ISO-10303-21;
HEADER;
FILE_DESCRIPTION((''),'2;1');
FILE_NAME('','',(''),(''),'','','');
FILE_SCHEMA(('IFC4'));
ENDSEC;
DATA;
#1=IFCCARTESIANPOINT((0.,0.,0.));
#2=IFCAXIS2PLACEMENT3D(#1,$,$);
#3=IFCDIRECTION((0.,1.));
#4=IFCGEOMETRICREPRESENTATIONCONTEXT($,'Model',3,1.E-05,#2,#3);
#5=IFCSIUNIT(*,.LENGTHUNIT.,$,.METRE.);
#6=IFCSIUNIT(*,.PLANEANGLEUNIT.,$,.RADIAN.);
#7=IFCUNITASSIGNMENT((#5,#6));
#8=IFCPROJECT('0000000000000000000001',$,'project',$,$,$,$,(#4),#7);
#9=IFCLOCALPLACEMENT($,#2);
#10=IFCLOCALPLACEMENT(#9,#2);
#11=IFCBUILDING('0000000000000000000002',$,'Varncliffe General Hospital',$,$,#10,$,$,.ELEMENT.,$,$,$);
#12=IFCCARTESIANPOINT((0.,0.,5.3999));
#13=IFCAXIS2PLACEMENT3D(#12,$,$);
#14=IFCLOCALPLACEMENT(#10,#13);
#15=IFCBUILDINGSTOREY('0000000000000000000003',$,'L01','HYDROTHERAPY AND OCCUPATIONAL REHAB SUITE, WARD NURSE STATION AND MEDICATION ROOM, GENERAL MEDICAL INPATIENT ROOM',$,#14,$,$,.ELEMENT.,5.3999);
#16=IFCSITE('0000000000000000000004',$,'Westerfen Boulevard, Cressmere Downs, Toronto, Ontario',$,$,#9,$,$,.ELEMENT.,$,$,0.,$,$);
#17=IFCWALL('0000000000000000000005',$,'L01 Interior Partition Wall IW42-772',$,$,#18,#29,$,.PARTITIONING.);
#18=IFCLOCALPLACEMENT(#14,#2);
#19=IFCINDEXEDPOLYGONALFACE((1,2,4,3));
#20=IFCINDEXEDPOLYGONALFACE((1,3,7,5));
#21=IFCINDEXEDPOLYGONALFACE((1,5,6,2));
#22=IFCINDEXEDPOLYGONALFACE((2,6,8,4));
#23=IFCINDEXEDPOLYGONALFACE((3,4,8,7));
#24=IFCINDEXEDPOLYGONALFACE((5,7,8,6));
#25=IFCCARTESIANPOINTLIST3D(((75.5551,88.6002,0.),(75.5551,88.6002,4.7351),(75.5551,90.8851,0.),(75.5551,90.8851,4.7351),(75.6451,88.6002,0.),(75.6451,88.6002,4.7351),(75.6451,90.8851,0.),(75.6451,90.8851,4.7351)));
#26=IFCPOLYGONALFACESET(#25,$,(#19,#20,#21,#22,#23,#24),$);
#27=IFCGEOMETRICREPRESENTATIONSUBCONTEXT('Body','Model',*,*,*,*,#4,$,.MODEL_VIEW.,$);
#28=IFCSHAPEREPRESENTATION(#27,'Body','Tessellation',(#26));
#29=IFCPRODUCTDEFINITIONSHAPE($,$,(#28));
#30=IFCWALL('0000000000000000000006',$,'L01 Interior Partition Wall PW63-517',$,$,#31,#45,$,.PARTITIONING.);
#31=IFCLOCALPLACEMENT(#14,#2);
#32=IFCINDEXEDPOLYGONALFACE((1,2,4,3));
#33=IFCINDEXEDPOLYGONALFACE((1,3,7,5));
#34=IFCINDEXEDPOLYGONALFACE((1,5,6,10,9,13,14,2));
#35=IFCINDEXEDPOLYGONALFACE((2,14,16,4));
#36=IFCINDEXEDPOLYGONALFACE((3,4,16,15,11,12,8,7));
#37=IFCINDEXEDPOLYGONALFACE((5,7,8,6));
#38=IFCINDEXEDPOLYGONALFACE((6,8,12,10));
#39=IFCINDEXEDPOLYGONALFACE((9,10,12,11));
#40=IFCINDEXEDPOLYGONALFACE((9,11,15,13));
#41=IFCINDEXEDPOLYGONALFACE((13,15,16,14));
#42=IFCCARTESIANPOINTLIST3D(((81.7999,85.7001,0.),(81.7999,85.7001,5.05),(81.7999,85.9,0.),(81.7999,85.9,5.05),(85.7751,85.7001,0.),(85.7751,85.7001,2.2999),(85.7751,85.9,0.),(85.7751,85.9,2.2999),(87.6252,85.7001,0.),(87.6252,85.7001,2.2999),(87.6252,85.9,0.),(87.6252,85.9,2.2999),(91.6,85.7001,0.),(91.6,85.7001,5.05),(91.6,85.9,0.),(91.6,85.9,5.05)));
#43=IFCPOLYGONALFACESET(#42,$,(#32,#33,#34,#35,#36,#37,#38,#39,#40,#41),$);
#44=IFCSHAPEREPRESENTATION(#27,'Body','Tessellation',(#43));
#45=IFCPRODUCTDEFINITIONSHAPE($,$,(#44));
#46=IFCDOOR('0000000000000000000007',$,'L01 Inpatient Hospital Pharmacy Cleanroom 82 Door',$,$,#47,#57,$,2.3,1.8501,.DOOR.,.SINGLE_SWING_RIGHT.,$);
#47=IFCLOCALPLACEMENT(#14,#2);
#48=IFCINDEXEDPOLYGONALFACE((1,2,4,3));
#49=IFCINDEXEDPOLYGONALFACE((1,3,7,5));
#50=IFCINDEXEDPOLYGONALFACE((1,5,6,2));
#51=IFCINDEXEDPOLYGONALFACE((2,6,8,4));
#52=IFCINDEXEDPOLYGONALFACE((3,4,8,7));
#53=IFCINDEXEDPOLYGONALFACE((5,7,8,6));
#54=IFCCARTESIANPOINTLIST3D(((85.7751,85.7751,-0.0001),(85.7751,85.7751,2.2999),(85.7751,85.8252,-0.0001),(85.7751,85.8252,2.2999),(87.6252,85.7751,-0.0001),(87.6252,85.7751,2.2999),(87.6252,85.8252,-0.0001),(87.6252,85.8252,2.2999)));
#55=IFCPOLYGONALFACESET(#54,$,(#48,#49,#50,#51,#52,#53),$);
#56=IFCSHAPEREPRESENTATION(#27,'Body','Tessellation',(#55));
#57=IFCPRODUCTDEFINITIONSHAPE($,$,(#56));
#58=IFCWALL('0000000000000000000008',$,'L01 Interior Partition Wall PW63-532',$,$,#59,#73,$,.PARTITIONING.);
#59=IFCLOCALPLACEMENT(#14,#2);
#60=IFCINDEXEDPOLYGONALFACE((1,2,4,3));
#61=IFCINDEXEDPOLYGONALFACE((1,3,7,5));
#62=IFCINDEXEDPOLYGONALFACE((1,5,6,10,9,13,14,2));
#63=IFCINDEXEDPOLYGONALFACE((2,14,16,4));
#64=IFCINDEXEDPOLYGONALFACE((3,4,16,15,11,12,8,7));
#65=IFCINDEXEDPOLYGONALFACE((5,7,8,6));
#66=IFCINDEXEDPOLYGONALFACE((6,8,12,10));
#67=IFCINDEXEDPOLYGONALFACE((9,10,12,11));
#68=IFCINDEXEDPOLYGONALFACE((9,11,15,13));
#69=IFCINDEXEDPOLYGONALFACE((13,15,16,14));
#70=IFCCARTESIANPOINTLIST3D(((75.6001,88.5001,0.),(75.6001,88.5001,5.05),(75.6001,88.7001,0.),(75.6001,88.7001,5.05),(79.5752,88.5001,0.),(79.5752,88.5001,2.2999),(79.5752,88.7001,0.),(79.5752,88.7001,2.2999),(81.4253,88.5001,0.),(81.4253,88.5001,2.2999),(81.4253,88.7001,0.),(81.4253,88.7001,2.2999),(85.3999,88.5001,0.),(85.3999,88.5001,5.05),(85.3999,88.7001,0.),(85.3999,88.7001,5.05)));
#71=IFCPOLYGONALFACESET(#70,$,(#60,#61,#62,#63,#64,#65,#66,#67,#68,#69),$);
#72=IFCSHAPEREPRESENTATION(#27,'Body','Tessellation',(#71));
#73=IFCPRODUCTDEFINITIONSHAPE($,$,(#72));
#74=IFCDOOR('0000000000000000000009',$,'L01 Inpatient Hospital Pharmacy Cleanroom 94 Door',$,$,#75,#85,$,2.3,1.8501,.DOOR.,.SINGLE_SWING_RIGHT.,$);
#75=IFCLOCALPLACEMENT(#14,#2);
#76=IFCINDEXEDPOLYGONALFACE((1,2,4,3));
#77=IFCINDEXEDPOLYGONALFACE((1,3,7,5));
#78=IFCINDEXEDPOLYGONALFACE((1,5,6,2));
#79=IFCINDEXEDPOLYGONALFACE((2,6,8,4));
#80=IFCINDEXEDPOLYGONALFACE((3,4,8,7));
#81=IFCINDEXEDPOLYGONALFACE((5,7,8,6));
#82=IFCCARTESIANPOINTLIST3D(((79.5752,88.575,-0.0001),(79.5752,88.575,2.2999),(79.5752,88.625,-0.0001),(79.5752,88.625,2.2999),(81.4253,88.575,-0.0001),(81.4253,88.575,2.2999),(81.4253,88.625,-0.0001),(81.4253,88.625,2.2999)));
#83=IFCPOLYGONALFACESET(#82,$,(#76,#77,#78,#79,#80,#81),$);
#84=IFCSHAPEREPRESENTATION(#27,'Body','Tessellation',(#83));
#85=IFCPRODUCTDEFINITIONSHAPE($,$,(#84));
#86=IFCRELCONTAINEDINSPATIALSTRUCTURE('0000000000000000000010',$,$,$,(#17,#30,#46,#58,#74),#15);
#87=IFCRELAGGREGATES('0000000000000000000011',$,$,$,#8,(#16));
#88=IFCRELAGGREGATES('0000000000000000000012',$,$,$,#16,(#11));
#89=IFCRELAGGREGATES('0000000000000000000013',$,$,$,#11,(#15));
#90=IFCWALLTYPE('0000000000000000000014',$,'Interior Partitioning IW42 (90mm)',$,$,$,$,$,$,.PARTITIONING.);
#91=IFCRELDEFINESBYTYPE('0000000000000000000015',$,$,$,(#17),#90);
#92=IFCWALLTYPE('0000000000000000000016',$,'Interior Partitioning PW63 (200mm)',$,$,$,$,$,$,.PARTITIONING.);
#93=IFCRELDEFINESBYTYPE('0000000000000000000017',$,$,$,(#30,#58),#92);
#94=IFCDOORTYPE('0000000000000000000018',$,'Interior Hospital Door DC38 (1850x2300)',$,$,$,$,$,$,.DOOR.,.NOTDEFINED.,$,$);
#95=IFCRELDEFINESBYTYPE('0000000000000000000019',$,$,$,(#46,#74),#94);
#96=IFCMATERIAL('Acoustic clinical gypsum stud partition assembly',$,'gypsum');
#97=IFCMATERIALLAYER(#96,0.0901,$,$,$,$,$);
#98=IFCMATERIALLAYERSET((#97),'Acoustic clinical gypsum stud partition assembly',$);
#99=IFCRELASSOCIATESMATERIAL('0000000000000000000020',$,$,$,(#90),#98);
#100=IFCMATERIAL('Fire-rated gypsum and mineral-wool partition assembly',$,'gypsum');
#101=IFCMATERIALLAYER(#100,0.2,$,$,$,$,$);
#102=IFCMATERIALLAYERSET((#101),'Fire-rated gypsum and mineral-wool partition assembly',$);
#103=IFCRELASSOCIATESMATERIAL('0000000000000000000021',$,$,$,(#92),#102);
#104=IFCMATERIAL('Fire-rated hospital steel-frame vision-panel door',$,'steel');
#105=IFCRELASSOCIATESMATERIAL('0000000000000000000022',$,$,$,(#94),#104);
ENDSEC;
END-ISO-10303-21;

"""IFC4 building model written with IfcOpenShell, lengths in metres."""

from ifc_helpers import new_model, si_unit, direction, frame, frame_2d, origin, place, context, subcontext, project, spatial, rectangle, extrude, material, layer, layer_set, type_object, element, fill, save


model = new_model("IFC4")

# Units and contexts
model_context = context("Model", 3, precision=1e-05, world=origin(), true_north=direction((0.0, 1.0)))
body_context = subcontext(model_context, "Body", "Model", "MODEL_VIEW")
ifc_project = project(units=[si_unit("LENGTHUNIT", "METRE"), si_unit("PLANEANGLEUNIT", "RADIAN")], contexts=[model_context])

# Site, building, storey
site_placement = place(None, origin())
site = spatial("IfcSite", under=ifc_project, at=site_placement, Name="Westerfen Boulevard, Cressmere Downs, Toronto, Ontario", CompositionType="ELEMENT", RefElevation=0.0)
building_placement = place(site_placement, origin())
building = spatial("IfcBuilding", under=site, at=building_placement, Name="Varncliffe General Hospital", CompositionType="ELEMENT")
storey_placement = place(building_placement, frame((0.0, 0.0, 5.3999)))
storey = spatial("IfcBuildingStorey", under=building, at=storey_placement, Name="L01", Description="HYDROTHERAPY AND OCCUPATIONAL REHAB SUITE, WARD NURSE STATION AND MEDICATION ROOM, GENERAL MEDICAL INPATIENT ROOM", CompositionType="ELEMENT", Elevation=5.3999)

# Wall
ifc_material_1 = material(Name="Acoustic clinical gypsum stud partition assembly", Category="gypsum")
ifc_layer_1 = layer(ifc_material_1, 0.0901)
ifc_layer_set_1 = layer_set([ifc_layer_1], Name="Acoustic clinical gypsum stud partition assembly")
wall_type_1 = type_object("IfcWallType", Name="Interior Partitioning IW42 (90mm)", PredefinedType="PARTITIONING", material=ifc_layer_set_1)
wall_1_placement = place(storey_placement, frame((75.6001, 88.6001, 0.0), z_axis=(0.0, 0.0, 1.0), x_axis=(0.0, 1.0, 0.0)))
element("IfcWall", 1, at=wall_1_placement, inside=storey, type_object=wall_type_1, Name="L01 Interior Partition Wall IW42-772", PredefinedType="PARTITIONING", context=body_context, shape_type="SweptSolid", body=[
    extrude(rectangle(XDim=2.2849, YDim=0.0901, at=frame_2d((1.1426, 0.0))), origin(), (0.0, 0.0, 1.0), 4.7351),
])

# Walls, openings, doors
ifc_material_2 = material(Name="Fire-rated gypsum and mineral-wool partition assembly", Category="gypsum")
ifc_layer_2 = layer(ifc_material_2, 0.2)
ifc_layer_set_2 = layer_set([ifc_layer_2], Name="Fire-rated gypsum and mineral-wool partition assembly")
wall_type_2 = type_object("IfcWallType", Name="Interior Partitioning PW63 (200mm)", PredefinedType="PARTITIONING", material=ifc_layer_set_2)
wall_2_placement = place(storey_placement, frame((81.8, 85.8, 0.0), z_axis=(0.0, 0.0, 1.0), x_axis=(1.0, 0.0, 0.0)))
wall_2 = element("IfcWall", 2, at=wall_2_placement, inside=storey, type_object=wall_type_2, Name="L01 Interior Partition Wall PW63-517", PredefinedType="PARTITIONING", context=body_context, shape_type="SweptSolid", body=[
    extrude(rectangle(XDim=9.8, YDim=0.2, at=frame_2d((4.8999, 0.0))), origin(), (0.0, 0.0, 1.0), 5.05),
])
opening_1_placement = place(wall_2_placement, frame((3.9751, 0.0, 0.0)))
opening_1 = element("IfcOpeningElement", 3, at=opening_1_placement, cuts=wall_2, PredefinedType="OPENING", context=body_context, shape_type="SweptSolid", body=[
    extrude(rectangle(XDim=1.8501, YDim=2.3, at=frame_2d((0.925, 1.1499))), frame((0.0, 0.1099, 0.0), z_axis=(0.0, -1.0, 0.0), x_axis=(1.0, 0.0, 0.0)), (0.0, 0.0, 1.0), 0.22),
])
ifc_material_3 = material(Name="Fire-rated hospital steel-frame vision-panel door", Category="steel")
door_type_1 = type_object("IfcDoorType", Name="Interior Hospital Door DC38 (1850x2300)", OperationType="NOTDEFINED", PredefinedType="DOOR", material=ifc_material_3)
door_1_placement = place(opening_1_placement, frame((1.8501, 0.0, 0.0), z_axis=(0.0, 0.0, 1.0), x_axis=(-1.0, 0.0, 0.0)))
door_1 = element("IfcDoor", 4, at=door_1_placement, inside=storey, type_object=door_type_1, Name="L01 Inpatient Hospital Pharmacy Cleanroom 82 Door", OperationType="SINGLE_SWING_RIGHT", OverallHeight=2.3, OverallWidth=1.8501, PredefinedType="DOOR", context=body_context, shape_type="SweptSolid", body=[
    extrude(rectangle(XDim=1.8501, YDim=2.3, at=frame_2d((0.925, 1.1499))), frame((0.0, 0.0249, 0.0), z_axis=(0.0, -1.0, 0.0), x_axis=(1.0, 0.0, 0.0)), (0.0, 0.0, 1.0), 0.05),
])
fill(opening_1, door_1)
wall_3_placement = place(storey_placement, frame((75.6001, 88.6001, 0.0), z_axis=(0.0, 0.0, 1.0), x_axis=(1.0, 0.0, 0.0)))
wall_3 = element("IfcWall", 5, at=wall_3_placement, inside=storey, type_object=wall_type_2, Name="L01 Interior Partition Wall PW63-532", PredefinedType="PARTITIONING", context=body_context, shape_type="SweptSolid", body=[
    extrude(rectangle(XDim=9.7998, YDim=0.2, at=frame_2d((4.8999, 0.0))), origin(), (0.0, 0.0, 1.0), 5.05),
])
opening_2_placement = place(wall_3_placement, frame((3.9751, 0.0, 0.0)))
opening_2 = element("IfcOpeningElement", 6, at=opening_2_placement, cuts=wall_3, PredefinedType="OPENING", context=body_context, shape_type="SweptSolid", body=[
    extrude(rectangle(XDim=1.8501, YDim=2.3, at=frame_2d((0.925, 1.1499))), frame((0.0, 0.1099, 0.0), z_axis=(0.0, -1.0, 0.0), x_axis=(1.0, 0.0, 0.0)), (0.0, 0.0, 1.0), 0.22),
])
door_2_placement = place(opening_2_placement, origin())
door_2 = element("IfcDoor", 7, at=door_2_placement, inside=storey, type_object=door_type_1, Name="L01 Inpatient Hospital Pharmacy Cleanroom 94 Door", OperationType="SINGLE_SWING_RIGHT", OverallHeight=2.3, OverallWidth=1.8501, PredefinedType="DOOR", context=body_context, shape_type="SweptSolid", body=[
    extrude(rectangle(XDim=1.8501, YDim=2.3, at=frame_2d((0.925, 1.1499))), frame((0.0, 0.0249, 0.0), z_axis=(0.0, -1.0, 0.0), x_axis=(1.0, 0.0, 0.0)), (0.0, 0.0, 1.0), 0.05),
])
fill(opening_2, door_2)

save(model, "model.ifc")
